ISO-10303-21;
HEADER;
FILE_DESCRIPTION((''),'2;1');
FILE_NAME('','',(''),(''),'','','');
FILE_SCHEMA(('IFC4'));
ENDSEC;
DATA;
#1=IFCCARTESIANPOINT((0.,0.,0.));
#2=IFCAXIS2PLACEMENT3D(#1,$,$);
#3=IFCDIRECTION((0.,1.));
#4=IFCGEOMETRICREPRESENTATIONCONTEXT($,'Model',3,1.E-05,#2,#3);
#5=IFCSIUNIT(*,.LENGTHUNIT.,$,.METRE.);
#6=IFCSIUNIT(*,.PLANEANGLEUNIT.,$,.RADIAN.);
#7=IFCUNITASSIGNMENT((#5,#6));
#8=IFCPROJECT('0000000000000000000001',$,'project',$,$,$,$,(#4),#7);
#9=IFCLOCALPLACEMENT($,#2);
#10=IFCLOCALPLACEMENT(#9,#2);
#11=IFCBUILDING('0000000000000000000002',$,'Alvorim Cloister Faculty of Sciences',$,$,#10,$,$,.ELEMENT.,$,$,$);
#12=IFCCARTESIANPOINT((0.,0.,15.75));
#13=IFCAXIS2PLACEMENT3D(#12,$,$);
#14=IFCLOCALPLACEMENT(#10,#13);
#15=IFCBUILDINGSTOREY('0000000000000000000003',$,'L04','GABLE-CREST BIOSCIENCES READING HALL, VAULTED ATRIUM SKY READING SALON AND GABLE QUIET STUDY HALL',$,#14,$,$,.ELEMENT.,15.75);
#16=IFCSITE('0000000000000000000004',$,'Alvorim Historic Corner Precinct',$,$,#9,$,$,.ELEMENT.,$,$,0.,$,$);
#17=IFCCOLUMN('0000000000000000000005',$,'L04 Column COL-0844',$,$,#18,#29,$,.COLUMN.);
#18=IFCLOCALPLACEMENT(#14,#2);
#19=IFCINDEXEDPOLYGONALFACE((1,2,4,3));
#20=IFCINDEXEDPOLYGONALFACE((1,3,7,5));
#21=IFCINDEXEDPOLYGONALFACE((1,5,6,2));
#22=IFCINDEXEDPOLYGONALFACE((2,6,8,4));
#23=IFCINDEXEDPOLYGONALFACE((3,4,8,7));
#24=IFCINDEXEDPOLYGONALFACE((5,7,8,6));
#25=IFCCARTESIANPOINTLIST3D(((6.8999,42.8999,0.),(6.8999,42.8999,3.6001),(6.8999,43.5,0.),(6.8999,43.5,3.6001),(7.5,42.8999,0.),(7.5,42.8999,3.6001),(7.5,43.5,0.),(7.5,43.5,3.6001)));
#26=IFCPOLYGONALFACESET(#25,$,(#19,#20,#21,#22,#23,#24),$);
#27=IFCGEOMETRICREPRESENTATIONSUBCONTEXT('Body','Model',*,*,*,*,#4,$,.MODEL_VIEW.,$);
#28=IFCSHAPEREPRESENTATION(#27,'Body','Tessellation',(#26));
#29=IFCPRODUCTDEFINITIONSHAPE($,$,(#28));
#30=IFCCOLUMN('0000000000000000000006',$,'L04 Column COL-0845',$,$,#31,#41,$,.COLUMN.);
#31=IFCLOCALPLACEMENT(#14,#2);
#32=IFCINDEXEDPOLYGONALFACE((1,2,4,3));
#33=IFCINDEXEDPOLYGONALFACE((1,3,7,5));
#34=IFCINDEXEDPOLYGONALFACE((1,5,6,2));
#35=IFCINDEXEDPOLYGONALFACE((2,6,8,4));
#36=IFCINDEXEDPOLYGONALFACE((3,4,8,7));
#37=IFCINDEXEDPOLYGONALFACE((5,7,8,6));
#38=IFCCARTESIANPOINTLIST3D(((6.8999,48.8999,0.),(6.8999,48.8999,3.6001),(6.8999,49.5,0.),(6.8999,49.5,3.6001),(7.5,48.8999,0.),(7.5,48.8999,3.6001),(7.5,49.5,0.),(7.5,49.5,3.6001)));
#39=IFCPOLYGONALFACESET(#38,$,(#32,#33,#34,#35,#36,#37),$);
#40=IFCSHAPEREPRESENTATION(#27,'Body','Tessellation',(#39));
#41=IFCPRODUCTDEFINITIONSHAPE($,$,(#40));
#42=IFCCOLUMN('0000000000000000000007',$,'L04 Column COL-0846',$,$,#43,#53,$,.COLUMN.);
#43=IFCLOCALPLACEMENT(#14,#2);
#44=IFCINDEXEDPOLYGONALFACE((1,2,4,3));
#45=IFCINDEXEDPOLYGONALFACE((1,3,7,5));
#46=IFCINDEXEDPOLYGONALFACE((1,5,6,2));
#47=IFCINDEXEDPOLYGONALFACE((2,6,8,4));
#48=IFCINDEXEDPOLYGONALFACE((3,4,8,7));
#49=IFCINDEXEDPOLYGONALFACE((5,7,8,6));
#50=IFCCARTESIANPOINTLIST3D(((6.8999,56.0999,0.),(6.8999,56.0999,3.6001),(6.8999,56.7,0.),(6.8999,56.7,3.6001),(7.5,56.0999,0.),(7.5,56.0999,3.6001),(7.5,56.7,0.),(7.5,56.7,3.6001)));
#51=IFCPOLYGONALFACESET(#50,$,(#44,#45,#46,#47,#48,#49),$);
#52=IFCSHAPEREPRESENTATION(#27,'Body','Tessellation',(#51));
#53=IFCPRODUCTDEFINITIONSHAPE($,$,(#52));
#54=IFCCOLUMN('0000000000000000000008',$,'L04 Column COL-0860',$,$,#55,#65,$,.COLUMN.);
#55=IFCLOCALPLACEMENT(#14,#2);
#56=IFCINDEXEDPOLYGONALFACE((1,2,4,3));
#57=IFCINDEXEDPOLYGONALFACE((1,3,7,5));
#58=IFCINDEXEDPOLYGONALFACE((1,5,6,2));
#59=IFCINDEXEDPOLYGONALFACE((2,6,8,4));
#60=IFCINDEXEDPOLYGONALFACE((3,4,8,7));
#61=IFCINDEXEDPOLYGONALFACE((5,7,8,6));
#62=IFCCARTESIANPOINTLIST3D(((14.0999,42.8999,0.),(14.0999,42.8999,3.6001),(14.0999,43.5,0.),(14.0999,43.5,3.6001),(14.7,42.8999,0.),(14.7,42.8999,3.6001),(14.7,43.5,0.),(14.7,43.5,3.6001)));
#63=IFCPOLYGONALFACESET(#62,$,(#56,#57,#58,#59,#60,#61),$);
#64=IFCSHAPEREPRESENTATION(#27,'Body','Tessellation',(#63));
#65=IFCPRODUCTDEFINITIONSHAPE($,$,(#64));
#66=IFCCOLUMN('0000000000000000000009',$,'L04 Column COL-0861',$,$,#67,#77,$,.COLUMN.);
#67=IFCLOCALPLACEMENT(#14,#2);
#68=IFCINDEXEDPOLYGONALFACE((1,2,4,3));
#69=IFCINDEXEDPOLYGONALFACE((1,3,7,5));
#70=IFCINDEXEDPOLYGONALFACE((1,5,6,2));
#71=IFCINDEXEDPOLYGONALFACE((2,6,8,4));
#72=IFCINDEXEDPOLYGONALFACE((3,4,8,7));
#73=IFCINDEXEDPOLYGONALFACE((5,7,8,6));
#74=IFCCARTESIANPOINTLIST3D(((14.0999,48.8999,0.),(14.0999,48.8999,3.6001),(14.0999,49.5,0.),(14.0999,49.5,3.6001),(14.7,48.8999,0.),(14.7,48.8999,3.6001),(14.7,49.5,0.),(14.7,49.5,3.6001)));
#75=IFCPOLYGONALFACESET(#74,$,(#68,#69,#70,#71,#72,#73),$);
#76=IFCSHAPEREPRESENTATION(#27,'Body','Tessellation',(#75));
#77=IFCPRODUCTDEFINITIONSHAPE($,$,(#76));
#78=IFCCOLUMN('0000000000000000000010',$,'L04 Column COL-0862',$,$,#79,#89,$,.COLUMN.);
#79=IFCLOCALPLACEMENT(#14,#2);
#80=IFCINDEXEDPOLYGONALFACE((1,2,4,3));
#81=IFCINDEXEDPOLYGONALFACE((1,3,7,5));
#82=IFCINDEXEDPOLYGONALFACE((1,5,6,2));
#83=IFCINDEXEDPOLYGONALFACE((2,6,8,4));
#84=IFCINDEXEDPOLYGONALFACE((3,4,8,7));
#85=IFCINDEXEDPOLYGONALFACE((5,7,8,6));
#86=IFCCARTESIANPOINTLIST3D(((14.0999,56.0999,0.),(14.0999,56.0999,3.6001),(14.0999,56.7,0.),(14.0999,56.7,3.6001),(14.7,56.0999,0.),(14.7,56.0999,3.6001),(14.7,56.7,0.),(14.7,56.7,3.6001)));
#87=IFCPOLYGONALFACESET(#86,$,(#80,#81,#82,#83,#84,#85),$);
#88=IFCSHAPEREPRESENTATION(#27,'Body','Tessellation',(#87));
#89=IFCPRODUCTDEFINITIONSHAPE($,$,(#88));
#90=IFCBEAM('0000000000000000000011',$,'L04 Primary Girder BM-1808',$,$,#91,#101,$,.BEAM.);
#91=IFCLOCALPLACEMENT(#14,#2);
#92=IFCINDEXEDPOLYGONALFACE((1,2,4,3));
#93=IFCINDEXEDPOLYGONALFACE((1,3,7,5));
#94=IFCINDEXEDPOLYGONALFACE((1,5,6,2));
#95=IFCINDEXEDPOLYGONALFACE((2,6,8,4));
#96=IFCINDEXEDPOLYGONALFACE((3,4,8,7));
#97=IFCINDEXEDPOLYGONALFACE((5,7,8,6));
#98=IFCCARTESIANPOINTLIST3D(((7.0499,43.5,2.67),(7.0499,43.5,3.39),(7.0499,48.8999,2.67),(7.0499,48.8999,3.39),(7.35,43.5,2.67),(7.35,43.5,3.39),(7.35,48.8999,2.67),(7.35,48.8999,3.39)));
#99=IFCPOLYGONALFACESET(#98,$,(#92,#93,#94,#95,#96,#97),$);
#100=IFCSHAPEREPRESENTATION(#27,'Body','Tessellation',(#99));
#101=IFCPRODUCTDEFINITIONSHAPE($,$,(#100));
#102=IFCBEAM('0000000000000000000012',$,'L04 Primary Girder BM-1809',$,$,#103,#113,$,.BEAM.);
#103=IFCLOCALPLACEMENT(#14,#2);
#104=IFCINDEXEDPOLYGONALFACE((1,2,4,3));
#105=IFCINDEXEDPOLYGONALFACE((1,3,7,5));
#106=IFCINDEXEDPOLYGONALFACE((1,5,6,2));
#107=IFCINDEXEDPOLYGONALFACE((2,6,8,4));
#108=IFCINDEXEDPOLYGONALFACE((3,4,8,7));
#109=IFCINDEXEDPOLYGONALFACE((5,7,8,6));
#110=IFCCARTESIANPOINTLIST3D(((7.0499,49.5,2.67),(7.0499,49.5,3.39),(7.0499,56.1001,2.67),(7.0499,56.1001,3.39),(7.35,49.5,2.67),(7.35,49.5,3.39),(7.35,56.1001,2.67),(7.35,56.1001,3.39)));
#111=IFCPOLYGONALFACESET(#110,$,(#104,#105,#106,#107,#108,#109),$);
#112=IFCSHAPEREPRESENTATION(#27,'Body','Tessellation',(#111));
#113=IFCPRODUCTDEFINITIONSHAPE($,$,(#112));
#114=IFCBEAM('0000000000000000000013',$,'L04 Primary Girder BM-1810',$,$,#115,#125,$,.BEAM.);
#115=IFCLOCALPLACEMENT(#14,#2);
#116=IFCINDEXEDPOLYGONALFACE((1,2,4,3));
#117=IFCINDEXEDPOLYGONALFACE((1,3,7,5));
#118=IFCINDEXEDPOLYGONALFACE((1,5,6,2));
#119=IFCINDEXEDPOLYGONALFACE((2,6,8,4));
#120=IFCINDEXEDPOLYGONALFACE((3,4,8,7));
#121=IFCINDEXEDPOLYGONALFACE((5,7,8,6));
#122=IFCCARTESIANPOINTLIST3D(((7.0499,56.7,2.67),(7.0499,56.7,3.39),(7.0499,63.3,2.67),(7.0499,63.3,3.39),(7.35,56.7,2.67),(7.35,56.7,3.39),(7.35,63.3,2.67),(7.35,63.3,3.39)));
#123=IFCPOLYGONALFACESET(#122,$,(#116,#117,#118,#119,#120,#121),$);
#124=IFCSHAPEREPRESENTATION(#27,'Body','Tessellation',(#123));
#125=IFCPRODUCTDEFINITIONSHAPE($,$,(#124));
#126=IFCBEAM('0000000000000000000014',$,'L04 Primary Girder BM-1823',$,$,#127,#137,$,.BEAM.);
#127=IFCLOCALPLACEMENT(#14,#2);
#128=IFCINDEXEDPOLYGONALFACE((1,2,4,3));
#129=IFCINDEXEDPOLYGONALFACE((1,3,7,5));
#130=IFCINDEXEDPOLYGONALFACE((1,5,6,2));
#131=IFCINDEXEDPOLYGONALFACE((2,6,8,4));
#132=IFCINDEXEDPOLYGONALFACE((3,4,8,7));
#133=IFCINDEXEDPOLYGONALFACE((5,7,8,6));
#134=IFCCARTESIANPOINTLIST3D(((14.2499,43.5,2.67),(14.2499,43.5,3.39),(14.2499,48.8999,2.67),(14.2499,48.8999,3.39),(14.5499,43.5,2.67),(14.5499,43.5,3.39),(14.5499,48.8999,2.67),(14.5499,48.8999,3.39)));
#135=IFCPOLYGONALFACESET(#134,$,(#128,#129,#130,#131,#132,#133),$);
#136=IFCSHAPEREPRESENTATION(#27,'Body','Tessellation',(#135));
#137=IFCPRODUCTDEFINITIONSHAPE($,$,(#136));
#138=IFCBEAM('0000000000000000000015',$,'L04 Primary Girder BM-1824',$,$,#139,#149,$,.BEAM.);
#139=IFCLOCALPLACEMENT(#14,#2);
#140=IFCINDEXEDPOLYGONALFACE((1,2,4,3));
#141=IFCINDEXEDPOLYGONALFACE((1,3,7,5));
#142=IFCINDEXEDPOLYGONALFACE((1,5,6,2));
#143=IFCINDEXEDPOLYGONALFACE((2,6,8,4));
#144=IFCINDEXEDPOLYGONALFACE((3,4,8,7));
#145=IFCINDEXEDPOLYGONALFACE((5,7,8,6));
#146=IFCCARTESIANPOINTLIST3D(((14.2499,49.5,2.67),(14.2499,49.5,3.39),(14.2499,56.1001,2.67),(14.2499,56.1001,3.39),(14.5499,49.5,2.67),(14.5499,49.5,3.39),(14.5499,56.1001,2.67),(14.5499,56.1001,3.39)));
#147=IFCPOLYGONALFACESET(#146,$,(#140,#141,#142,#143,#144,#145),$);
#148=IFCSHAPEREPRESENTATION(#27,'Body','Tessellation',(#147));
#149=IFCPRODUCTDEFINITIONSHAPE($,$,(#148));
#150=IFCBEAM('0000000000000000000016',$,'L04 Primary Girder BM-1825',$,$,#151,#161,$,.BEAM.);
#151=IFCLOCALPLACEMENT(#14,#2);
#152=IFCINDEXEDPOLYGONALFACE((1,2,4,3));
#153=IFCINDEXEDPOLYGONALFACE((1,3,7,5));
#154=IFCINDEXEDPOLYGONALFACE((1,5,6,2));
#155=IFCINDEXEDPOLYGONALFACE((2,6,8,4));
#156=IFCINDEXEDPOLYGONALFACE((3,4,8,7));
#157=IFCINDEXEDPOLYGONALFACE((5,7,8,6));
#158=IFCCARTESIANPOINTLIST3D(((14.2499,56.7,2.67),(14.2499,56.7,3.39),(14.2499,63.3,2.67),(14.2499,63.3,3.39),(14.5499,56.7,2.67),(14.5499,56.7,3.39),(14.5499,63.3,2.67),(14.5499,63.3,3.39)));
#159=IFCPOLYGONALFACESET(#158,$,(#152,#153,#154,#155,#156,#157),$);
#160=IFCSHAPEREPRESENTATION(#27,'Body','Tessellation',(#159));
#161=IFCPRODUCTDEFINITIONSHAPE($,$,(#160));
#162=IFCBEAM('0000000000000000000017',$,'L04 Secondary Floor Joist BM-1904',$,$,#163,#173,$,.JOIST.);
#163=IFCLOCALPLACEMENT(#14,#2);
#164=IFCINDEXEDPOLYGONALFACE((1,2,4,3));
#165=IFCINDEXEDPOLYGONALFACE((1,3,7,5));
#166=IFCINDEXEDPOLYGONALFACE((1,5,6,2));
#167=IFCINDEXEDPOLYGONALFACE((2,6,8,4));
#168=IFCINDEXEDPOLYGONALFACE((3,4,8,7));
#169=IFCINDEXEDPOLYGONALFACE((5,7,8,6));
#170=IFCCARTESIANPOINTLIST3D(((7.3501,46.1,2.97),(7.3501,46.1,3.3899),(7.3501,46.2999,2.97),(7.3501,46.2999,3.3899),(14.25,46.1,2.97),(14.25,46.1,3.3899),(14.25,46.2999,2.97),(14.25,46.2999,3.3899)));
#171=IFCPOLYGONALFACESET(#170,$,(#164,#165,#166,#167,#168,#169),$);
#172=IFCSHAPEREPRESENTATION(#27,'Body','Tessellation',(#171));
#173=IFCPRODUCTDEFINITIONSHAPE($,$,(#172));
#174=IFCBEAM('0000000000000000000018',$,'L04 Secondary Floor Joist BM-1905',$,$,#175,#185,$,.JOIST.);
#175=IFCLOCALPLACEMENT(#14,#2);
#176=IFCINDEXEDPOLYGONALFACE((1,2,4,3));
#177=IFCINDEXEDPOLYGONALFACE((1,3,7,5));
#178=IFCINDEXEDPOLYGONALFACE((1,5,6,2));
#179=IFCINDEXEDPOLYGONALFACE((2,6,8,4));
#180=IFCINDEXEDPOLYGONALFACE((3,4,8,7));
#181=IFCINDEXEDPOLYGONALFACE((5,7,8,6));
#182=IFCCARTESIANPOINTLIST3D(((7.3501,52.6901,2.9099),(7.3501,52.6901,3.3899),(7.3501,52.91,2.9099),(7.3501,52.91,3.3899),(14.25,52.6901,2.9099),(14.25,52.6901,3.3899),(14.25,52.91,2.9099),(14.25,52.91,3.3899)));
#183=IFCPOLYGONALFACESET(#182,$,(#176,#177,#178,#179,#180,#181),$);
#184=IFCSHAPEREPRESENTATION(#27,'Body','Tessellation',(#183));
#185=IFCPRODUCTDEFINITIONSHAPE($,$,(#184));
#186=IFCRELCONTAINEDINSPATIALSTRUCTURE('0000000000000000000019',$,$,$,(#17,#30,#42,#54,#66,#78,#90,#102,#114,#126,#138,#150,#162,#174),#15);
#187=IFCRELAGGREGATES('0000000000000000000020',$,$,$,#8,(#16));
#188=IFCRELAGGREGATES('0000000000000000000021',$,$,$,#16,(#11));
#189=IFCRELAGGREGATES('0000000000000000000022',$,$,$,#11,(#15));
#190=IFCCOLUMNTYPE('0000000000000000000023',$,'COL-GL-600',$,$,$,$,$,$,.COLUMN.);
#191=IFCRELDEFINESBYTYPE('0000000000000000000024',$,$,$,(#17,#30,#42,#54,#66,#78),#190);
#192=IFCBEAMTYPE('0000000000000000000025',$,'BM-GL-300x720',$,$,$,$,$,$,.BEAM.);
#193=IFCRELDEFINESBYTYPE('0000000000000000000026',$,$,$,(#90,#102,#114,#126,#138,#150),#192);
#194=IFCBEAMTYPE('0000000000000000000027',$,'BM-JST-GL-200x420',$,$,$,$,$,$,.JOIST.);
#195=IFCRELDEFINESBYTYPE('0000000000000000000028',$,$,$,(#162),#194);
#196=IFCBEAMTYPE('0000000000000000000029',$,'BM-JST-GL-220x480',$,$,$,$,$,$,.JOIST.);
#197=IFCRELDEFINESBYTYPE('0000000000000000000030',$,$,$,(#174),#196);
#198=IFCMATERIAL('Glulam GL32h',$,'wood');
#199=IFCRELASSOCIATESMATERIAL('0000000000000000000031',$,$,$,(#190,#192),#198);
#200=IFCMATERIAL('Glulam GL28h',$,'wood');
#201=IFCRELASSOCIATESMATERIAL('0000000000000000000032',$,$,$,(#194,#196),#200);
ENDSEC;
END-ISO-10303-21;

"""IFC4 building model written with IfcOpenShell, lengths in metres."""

from ifc_helpers import new_model, si_unit, direction, frame, origin, origin_2d, place, context, subcontext, project, spatial, rectangle, extrude, material, material_profile, profile_set, type_object, element, save


model = new_model("IFC4")

# Units and contexts
model_context = context("Model", 3, precision=1e-05, world=origin(), true_north=direction((0.0, 1.0)))
body_context = subcontext(model_context, "Body", "Model", "MODEL_VIEW")
ifc_project = project(units=[si_unit("LENGTHUNIT", "METRE"), si_unit("PLANEANGLEUNIT", "RADIAN")], contexts=[model_context])

# Site, building, storey
site_placement = place(None, origin())
site = spatial("IfcSite", under=ifc_project, at=site_placement, Name="Alvorim Historic Corner Precinct", CompositionType="ELEMENT", RefElevation=0.0)
building_placement = place(site_placement, origin())
building = spatial("IfcBuilding", under=site, at=building_placement, Name="Alvorim Cloister Faculty of Sciences", CompositionType="ELEMENT")
storey_placement = place(building_placement, frame((0.0, 0.0, 15.75)))
storey = spatial("IfcBuildingStorey", under=building, at=storey_placement, Name="L04", Description="GABLE-CREST BIOSCIENCES READING HALL, VAULTED ATRIUM SKY READING SALON AND GABLE QUIET STUDY HALL", CompositionType="ELEMENT", Elevation=15.75)

# Columns
ifc_material_1 = material(Name="Glulam GL32h", Category="wood")
ifc_material_profile_1 = material_profile(ifc_material_1, rectangle(XDim=0.6001, YDim=0.6001, at=origin_2d()), Name="GL32-COL-600x600")
ifc_profile_set_1 = profile_set([ifc_material_profile_1], Name="Glulam GL32h")
column_type = type_object("IfcColumnType", Name="COL-GL-600", PredefinedType="COLUMN", material=ifc_profile_set_1)
for number, where, z_axis, x_axis, name in (
    (1, (7.2, 43.2, 0.0), (0.0, 0.0, 1.0), (1.0, 0.0, 0.0), "L04 Column COL-0844"),
    (2, (7.2, 49.2, 0.0), (0.0, 0.0, 1.0), (1.0, 0.0, 0.0), "L04 Column COL-0845"),
    (3, (7.2, 56.3999, 0.0), (0.0, 0.0, 1.0), (1.0, 0.0, 0.0), "L04 Column COL-0846"),
    (4, (14.3999, 43.2, 0.0), (0.0, 0.0, 1.0), (1.0, 0.0, 0.0), "L04 Column COL-0860"),
    (5, (14.3999, 49.2, 0.0), (0.0, 0.0, 1.0), (1.0, 0.0, 0.0), "L04 Column COL-0861"),
    (6, (14.3999, 56.3999, 0.0), (0.0, 0.0, 1.0), (1.0, 0.0, 0.0), "L04 Column COL-0862"),
):
    element("IfcColumn", number, at=place(storey_placement, frame(where, z_axis=z_axis, x_axis=x_axis)), inside=storey, type_object=column_type, Name=name, PredefinedType="COLUMN", context=body_context, shape_type="SweptSolid", body=[
        extrude(rectangle(XDim=0.6001, YDim=0.6001, at=origin_2d()), origin(), (0.0, 0.0, 1.0), 3.6001),
    ])

# Beams
ifc_material_profile_2 = material_profile(ifc_material_1, rectangle(XDim=0.3, YDim=0.72, at=origin_2d()), Name="GL32-BM-300x720")
ifc_profile_set_2 = profile_set([ifc_material_profile_2], Name="Glulam GL32h")
beam_type_1 = type_object("IfcBeamType", Name="BM-GL-300x720", PredefinedType="BEAM", material=ifc_profile_set_2)
beam_1_placement = place(storey_placement, frame((7.2, 43.5, 3.03), z_axis=(0.0, 1.0, 0.0), x_axis=(-1.0, 0.0, 0.0)))
element("IfcBeam", 7, at=beam_1_placement, inside=storey, type_object=beam_type_1, Name="L04 Primary Girder BM-1808", PredefinedType="BEAM", context=body_context, shape_type="SweptSolid", body=[
    extrude(rectangle(XDim=0.3, YDim=0.72, at=origin_2d()), origin(), (0.0, 0.0, 1.0), 5.3999),
])
for number, where, z_axis, x_axis, name in (
    (8, (7.2, 49.5, 3.03), (0.0, 1.0, 0.0), (-1.0, 0.0, 0.0), "L04 Primary Girder BM-1809"),
    (9, (7.2, 56.7, 3.03), (0.0, 1.0, 0.0), (-1.0, 0.0, 0.0), "L04 Primary Girder BM-1810"),
):
    element("IfcBeam", number, at=place(storey_placement, frame(where, z_axis=z_axis, x_axis=x_axis)), inside=storey, type_object=beam_type_1, Name=name, PredefinedType="BEAM", context=body_context, shape_type="SweptSolid", body=[
        extrude(rectangle(XDim=0.3, YDim=0.72, at=origin_2d()), origin(), (0.0, 0.0, 1.0), 6.6001),
    ])
beam_2_placement = place(storey_placement, frame((14.3999, 43.5, 3.03), z_axis=(0.0, 1.0, 0.0), x_axis=(-1.0, 0.0, 0.0)))
element("IfcBeam", 10, at=beam_2_placement, inside=storey, type_object=beam_type_1, Name="L04 Primary Girder BM-1823", PredefinedType="BEAM", context=body_context, shape_type="SweptSolid", body=[
    extrude(rectangle(XDim=0.3, YDim=0.72, at=origin_2d()), origin(), (0.0, 0.0, 1.0), 5.3999),
])
for number, where, z_axis, x_axis, name in (
    (11, (14.3999, 49.5, 3.03), (0.0, 1.0, 0.0), (-1.0, 0.0, 0.0), "L04 Primary Girder BM-1824"),
    (12, (14.3999, 56.7, 3.03), (0.0, 1.0, 0.0), (-1.0, 0.0, 0.0), "L04 Primary Girder BM-1825"),
):
    element("IfcBeam", number, at=place(storey_placement, frame(where, z_axis=z_axis, x_axis=x_axis)), inside=storey, type_object=beam_type_1, Name=name, PredefinedType="BEAM", context=body_context, shape_type="SweptSolid", body=[
        extrude(rectangle(XDim=0.3, YDim=0.72, at=origin_2d()), origin(), (0.0, 0.0, 1.0), 6.6001),
    ])
ifc_material_2 = material(Name="Glulam GL28h", Category="wood")
ifc_material_profile_3 = material_profile(ifc_material_2, rectangle(XDim=0.2, YDim=0.4199, at=origin_2d()), Name="GL28-JST-200x420")
ifc_profile_set_3 = profile_set([ifc_material_profile_3], Name="Glulam GL28h")
beam_type_2 = type_object("IfcBeamType", Name="BM-JST-GL-200x420", PredefinedType="JOIST", material=ifc_profile_set_3)
beam_3_placement = place(storey_placement, frame((7.3501, 46.2, 3.1799), z_axis=(1.0, 0.0, 0.0), x_axis=(0.0, 1.0, 0.0)))
element("IfcBeam", 13, at=beam_3_placement, inside=storey, type_object=beam_type_2, Name="L04 Secondary Floor Joist BM-1904", PredefinedType="JOIST", context=body_context, shape_type="SweptSolid", body=[
    extrude(rectangle(XDim=0.2, YDim=0.4199, at=origin_2d()), origin(), (0.0, 0.0, 1.0), 6.8999),
])
ifc_material_profile_4 = material_profile(ifc_material_2, rectangle(XDim=0.22, YDim=0.48, at=origin_2d()), Name="GL28-JST-220x480")
ifc_profile_set_4 = profile_set([ifc_material_profile_4], Name="Glulam GL28h")
beam_type_3 = type_object("IfcBeamType", Name="BM-JST-GL-220x480", PredefinedType="JOIST", material=ifc_profile_set_4)
beam_4_placement = place(storey_placement, frame((7.3501, 52.8, 3.1499), z_axis=(1.0, 0.0, 0.0), x_axis=(0.0, 1.0, 0.0)))
element("IfcBeam", 14, at=beam_4_placement, inside=storey, type_object=beam_type_3, Name="L04 Secondary Floor Joist BM-1905", PredefinedType="JOIST", context=body_context, shape_type="SweptSolid", body=[
    extrude(rectangle(XDim=0.22, YDim=0.48, at=origin_2d()), origin(), (0.0, 0.0, 1.0), 6.8999),
])

save(model, "model.ifc")
